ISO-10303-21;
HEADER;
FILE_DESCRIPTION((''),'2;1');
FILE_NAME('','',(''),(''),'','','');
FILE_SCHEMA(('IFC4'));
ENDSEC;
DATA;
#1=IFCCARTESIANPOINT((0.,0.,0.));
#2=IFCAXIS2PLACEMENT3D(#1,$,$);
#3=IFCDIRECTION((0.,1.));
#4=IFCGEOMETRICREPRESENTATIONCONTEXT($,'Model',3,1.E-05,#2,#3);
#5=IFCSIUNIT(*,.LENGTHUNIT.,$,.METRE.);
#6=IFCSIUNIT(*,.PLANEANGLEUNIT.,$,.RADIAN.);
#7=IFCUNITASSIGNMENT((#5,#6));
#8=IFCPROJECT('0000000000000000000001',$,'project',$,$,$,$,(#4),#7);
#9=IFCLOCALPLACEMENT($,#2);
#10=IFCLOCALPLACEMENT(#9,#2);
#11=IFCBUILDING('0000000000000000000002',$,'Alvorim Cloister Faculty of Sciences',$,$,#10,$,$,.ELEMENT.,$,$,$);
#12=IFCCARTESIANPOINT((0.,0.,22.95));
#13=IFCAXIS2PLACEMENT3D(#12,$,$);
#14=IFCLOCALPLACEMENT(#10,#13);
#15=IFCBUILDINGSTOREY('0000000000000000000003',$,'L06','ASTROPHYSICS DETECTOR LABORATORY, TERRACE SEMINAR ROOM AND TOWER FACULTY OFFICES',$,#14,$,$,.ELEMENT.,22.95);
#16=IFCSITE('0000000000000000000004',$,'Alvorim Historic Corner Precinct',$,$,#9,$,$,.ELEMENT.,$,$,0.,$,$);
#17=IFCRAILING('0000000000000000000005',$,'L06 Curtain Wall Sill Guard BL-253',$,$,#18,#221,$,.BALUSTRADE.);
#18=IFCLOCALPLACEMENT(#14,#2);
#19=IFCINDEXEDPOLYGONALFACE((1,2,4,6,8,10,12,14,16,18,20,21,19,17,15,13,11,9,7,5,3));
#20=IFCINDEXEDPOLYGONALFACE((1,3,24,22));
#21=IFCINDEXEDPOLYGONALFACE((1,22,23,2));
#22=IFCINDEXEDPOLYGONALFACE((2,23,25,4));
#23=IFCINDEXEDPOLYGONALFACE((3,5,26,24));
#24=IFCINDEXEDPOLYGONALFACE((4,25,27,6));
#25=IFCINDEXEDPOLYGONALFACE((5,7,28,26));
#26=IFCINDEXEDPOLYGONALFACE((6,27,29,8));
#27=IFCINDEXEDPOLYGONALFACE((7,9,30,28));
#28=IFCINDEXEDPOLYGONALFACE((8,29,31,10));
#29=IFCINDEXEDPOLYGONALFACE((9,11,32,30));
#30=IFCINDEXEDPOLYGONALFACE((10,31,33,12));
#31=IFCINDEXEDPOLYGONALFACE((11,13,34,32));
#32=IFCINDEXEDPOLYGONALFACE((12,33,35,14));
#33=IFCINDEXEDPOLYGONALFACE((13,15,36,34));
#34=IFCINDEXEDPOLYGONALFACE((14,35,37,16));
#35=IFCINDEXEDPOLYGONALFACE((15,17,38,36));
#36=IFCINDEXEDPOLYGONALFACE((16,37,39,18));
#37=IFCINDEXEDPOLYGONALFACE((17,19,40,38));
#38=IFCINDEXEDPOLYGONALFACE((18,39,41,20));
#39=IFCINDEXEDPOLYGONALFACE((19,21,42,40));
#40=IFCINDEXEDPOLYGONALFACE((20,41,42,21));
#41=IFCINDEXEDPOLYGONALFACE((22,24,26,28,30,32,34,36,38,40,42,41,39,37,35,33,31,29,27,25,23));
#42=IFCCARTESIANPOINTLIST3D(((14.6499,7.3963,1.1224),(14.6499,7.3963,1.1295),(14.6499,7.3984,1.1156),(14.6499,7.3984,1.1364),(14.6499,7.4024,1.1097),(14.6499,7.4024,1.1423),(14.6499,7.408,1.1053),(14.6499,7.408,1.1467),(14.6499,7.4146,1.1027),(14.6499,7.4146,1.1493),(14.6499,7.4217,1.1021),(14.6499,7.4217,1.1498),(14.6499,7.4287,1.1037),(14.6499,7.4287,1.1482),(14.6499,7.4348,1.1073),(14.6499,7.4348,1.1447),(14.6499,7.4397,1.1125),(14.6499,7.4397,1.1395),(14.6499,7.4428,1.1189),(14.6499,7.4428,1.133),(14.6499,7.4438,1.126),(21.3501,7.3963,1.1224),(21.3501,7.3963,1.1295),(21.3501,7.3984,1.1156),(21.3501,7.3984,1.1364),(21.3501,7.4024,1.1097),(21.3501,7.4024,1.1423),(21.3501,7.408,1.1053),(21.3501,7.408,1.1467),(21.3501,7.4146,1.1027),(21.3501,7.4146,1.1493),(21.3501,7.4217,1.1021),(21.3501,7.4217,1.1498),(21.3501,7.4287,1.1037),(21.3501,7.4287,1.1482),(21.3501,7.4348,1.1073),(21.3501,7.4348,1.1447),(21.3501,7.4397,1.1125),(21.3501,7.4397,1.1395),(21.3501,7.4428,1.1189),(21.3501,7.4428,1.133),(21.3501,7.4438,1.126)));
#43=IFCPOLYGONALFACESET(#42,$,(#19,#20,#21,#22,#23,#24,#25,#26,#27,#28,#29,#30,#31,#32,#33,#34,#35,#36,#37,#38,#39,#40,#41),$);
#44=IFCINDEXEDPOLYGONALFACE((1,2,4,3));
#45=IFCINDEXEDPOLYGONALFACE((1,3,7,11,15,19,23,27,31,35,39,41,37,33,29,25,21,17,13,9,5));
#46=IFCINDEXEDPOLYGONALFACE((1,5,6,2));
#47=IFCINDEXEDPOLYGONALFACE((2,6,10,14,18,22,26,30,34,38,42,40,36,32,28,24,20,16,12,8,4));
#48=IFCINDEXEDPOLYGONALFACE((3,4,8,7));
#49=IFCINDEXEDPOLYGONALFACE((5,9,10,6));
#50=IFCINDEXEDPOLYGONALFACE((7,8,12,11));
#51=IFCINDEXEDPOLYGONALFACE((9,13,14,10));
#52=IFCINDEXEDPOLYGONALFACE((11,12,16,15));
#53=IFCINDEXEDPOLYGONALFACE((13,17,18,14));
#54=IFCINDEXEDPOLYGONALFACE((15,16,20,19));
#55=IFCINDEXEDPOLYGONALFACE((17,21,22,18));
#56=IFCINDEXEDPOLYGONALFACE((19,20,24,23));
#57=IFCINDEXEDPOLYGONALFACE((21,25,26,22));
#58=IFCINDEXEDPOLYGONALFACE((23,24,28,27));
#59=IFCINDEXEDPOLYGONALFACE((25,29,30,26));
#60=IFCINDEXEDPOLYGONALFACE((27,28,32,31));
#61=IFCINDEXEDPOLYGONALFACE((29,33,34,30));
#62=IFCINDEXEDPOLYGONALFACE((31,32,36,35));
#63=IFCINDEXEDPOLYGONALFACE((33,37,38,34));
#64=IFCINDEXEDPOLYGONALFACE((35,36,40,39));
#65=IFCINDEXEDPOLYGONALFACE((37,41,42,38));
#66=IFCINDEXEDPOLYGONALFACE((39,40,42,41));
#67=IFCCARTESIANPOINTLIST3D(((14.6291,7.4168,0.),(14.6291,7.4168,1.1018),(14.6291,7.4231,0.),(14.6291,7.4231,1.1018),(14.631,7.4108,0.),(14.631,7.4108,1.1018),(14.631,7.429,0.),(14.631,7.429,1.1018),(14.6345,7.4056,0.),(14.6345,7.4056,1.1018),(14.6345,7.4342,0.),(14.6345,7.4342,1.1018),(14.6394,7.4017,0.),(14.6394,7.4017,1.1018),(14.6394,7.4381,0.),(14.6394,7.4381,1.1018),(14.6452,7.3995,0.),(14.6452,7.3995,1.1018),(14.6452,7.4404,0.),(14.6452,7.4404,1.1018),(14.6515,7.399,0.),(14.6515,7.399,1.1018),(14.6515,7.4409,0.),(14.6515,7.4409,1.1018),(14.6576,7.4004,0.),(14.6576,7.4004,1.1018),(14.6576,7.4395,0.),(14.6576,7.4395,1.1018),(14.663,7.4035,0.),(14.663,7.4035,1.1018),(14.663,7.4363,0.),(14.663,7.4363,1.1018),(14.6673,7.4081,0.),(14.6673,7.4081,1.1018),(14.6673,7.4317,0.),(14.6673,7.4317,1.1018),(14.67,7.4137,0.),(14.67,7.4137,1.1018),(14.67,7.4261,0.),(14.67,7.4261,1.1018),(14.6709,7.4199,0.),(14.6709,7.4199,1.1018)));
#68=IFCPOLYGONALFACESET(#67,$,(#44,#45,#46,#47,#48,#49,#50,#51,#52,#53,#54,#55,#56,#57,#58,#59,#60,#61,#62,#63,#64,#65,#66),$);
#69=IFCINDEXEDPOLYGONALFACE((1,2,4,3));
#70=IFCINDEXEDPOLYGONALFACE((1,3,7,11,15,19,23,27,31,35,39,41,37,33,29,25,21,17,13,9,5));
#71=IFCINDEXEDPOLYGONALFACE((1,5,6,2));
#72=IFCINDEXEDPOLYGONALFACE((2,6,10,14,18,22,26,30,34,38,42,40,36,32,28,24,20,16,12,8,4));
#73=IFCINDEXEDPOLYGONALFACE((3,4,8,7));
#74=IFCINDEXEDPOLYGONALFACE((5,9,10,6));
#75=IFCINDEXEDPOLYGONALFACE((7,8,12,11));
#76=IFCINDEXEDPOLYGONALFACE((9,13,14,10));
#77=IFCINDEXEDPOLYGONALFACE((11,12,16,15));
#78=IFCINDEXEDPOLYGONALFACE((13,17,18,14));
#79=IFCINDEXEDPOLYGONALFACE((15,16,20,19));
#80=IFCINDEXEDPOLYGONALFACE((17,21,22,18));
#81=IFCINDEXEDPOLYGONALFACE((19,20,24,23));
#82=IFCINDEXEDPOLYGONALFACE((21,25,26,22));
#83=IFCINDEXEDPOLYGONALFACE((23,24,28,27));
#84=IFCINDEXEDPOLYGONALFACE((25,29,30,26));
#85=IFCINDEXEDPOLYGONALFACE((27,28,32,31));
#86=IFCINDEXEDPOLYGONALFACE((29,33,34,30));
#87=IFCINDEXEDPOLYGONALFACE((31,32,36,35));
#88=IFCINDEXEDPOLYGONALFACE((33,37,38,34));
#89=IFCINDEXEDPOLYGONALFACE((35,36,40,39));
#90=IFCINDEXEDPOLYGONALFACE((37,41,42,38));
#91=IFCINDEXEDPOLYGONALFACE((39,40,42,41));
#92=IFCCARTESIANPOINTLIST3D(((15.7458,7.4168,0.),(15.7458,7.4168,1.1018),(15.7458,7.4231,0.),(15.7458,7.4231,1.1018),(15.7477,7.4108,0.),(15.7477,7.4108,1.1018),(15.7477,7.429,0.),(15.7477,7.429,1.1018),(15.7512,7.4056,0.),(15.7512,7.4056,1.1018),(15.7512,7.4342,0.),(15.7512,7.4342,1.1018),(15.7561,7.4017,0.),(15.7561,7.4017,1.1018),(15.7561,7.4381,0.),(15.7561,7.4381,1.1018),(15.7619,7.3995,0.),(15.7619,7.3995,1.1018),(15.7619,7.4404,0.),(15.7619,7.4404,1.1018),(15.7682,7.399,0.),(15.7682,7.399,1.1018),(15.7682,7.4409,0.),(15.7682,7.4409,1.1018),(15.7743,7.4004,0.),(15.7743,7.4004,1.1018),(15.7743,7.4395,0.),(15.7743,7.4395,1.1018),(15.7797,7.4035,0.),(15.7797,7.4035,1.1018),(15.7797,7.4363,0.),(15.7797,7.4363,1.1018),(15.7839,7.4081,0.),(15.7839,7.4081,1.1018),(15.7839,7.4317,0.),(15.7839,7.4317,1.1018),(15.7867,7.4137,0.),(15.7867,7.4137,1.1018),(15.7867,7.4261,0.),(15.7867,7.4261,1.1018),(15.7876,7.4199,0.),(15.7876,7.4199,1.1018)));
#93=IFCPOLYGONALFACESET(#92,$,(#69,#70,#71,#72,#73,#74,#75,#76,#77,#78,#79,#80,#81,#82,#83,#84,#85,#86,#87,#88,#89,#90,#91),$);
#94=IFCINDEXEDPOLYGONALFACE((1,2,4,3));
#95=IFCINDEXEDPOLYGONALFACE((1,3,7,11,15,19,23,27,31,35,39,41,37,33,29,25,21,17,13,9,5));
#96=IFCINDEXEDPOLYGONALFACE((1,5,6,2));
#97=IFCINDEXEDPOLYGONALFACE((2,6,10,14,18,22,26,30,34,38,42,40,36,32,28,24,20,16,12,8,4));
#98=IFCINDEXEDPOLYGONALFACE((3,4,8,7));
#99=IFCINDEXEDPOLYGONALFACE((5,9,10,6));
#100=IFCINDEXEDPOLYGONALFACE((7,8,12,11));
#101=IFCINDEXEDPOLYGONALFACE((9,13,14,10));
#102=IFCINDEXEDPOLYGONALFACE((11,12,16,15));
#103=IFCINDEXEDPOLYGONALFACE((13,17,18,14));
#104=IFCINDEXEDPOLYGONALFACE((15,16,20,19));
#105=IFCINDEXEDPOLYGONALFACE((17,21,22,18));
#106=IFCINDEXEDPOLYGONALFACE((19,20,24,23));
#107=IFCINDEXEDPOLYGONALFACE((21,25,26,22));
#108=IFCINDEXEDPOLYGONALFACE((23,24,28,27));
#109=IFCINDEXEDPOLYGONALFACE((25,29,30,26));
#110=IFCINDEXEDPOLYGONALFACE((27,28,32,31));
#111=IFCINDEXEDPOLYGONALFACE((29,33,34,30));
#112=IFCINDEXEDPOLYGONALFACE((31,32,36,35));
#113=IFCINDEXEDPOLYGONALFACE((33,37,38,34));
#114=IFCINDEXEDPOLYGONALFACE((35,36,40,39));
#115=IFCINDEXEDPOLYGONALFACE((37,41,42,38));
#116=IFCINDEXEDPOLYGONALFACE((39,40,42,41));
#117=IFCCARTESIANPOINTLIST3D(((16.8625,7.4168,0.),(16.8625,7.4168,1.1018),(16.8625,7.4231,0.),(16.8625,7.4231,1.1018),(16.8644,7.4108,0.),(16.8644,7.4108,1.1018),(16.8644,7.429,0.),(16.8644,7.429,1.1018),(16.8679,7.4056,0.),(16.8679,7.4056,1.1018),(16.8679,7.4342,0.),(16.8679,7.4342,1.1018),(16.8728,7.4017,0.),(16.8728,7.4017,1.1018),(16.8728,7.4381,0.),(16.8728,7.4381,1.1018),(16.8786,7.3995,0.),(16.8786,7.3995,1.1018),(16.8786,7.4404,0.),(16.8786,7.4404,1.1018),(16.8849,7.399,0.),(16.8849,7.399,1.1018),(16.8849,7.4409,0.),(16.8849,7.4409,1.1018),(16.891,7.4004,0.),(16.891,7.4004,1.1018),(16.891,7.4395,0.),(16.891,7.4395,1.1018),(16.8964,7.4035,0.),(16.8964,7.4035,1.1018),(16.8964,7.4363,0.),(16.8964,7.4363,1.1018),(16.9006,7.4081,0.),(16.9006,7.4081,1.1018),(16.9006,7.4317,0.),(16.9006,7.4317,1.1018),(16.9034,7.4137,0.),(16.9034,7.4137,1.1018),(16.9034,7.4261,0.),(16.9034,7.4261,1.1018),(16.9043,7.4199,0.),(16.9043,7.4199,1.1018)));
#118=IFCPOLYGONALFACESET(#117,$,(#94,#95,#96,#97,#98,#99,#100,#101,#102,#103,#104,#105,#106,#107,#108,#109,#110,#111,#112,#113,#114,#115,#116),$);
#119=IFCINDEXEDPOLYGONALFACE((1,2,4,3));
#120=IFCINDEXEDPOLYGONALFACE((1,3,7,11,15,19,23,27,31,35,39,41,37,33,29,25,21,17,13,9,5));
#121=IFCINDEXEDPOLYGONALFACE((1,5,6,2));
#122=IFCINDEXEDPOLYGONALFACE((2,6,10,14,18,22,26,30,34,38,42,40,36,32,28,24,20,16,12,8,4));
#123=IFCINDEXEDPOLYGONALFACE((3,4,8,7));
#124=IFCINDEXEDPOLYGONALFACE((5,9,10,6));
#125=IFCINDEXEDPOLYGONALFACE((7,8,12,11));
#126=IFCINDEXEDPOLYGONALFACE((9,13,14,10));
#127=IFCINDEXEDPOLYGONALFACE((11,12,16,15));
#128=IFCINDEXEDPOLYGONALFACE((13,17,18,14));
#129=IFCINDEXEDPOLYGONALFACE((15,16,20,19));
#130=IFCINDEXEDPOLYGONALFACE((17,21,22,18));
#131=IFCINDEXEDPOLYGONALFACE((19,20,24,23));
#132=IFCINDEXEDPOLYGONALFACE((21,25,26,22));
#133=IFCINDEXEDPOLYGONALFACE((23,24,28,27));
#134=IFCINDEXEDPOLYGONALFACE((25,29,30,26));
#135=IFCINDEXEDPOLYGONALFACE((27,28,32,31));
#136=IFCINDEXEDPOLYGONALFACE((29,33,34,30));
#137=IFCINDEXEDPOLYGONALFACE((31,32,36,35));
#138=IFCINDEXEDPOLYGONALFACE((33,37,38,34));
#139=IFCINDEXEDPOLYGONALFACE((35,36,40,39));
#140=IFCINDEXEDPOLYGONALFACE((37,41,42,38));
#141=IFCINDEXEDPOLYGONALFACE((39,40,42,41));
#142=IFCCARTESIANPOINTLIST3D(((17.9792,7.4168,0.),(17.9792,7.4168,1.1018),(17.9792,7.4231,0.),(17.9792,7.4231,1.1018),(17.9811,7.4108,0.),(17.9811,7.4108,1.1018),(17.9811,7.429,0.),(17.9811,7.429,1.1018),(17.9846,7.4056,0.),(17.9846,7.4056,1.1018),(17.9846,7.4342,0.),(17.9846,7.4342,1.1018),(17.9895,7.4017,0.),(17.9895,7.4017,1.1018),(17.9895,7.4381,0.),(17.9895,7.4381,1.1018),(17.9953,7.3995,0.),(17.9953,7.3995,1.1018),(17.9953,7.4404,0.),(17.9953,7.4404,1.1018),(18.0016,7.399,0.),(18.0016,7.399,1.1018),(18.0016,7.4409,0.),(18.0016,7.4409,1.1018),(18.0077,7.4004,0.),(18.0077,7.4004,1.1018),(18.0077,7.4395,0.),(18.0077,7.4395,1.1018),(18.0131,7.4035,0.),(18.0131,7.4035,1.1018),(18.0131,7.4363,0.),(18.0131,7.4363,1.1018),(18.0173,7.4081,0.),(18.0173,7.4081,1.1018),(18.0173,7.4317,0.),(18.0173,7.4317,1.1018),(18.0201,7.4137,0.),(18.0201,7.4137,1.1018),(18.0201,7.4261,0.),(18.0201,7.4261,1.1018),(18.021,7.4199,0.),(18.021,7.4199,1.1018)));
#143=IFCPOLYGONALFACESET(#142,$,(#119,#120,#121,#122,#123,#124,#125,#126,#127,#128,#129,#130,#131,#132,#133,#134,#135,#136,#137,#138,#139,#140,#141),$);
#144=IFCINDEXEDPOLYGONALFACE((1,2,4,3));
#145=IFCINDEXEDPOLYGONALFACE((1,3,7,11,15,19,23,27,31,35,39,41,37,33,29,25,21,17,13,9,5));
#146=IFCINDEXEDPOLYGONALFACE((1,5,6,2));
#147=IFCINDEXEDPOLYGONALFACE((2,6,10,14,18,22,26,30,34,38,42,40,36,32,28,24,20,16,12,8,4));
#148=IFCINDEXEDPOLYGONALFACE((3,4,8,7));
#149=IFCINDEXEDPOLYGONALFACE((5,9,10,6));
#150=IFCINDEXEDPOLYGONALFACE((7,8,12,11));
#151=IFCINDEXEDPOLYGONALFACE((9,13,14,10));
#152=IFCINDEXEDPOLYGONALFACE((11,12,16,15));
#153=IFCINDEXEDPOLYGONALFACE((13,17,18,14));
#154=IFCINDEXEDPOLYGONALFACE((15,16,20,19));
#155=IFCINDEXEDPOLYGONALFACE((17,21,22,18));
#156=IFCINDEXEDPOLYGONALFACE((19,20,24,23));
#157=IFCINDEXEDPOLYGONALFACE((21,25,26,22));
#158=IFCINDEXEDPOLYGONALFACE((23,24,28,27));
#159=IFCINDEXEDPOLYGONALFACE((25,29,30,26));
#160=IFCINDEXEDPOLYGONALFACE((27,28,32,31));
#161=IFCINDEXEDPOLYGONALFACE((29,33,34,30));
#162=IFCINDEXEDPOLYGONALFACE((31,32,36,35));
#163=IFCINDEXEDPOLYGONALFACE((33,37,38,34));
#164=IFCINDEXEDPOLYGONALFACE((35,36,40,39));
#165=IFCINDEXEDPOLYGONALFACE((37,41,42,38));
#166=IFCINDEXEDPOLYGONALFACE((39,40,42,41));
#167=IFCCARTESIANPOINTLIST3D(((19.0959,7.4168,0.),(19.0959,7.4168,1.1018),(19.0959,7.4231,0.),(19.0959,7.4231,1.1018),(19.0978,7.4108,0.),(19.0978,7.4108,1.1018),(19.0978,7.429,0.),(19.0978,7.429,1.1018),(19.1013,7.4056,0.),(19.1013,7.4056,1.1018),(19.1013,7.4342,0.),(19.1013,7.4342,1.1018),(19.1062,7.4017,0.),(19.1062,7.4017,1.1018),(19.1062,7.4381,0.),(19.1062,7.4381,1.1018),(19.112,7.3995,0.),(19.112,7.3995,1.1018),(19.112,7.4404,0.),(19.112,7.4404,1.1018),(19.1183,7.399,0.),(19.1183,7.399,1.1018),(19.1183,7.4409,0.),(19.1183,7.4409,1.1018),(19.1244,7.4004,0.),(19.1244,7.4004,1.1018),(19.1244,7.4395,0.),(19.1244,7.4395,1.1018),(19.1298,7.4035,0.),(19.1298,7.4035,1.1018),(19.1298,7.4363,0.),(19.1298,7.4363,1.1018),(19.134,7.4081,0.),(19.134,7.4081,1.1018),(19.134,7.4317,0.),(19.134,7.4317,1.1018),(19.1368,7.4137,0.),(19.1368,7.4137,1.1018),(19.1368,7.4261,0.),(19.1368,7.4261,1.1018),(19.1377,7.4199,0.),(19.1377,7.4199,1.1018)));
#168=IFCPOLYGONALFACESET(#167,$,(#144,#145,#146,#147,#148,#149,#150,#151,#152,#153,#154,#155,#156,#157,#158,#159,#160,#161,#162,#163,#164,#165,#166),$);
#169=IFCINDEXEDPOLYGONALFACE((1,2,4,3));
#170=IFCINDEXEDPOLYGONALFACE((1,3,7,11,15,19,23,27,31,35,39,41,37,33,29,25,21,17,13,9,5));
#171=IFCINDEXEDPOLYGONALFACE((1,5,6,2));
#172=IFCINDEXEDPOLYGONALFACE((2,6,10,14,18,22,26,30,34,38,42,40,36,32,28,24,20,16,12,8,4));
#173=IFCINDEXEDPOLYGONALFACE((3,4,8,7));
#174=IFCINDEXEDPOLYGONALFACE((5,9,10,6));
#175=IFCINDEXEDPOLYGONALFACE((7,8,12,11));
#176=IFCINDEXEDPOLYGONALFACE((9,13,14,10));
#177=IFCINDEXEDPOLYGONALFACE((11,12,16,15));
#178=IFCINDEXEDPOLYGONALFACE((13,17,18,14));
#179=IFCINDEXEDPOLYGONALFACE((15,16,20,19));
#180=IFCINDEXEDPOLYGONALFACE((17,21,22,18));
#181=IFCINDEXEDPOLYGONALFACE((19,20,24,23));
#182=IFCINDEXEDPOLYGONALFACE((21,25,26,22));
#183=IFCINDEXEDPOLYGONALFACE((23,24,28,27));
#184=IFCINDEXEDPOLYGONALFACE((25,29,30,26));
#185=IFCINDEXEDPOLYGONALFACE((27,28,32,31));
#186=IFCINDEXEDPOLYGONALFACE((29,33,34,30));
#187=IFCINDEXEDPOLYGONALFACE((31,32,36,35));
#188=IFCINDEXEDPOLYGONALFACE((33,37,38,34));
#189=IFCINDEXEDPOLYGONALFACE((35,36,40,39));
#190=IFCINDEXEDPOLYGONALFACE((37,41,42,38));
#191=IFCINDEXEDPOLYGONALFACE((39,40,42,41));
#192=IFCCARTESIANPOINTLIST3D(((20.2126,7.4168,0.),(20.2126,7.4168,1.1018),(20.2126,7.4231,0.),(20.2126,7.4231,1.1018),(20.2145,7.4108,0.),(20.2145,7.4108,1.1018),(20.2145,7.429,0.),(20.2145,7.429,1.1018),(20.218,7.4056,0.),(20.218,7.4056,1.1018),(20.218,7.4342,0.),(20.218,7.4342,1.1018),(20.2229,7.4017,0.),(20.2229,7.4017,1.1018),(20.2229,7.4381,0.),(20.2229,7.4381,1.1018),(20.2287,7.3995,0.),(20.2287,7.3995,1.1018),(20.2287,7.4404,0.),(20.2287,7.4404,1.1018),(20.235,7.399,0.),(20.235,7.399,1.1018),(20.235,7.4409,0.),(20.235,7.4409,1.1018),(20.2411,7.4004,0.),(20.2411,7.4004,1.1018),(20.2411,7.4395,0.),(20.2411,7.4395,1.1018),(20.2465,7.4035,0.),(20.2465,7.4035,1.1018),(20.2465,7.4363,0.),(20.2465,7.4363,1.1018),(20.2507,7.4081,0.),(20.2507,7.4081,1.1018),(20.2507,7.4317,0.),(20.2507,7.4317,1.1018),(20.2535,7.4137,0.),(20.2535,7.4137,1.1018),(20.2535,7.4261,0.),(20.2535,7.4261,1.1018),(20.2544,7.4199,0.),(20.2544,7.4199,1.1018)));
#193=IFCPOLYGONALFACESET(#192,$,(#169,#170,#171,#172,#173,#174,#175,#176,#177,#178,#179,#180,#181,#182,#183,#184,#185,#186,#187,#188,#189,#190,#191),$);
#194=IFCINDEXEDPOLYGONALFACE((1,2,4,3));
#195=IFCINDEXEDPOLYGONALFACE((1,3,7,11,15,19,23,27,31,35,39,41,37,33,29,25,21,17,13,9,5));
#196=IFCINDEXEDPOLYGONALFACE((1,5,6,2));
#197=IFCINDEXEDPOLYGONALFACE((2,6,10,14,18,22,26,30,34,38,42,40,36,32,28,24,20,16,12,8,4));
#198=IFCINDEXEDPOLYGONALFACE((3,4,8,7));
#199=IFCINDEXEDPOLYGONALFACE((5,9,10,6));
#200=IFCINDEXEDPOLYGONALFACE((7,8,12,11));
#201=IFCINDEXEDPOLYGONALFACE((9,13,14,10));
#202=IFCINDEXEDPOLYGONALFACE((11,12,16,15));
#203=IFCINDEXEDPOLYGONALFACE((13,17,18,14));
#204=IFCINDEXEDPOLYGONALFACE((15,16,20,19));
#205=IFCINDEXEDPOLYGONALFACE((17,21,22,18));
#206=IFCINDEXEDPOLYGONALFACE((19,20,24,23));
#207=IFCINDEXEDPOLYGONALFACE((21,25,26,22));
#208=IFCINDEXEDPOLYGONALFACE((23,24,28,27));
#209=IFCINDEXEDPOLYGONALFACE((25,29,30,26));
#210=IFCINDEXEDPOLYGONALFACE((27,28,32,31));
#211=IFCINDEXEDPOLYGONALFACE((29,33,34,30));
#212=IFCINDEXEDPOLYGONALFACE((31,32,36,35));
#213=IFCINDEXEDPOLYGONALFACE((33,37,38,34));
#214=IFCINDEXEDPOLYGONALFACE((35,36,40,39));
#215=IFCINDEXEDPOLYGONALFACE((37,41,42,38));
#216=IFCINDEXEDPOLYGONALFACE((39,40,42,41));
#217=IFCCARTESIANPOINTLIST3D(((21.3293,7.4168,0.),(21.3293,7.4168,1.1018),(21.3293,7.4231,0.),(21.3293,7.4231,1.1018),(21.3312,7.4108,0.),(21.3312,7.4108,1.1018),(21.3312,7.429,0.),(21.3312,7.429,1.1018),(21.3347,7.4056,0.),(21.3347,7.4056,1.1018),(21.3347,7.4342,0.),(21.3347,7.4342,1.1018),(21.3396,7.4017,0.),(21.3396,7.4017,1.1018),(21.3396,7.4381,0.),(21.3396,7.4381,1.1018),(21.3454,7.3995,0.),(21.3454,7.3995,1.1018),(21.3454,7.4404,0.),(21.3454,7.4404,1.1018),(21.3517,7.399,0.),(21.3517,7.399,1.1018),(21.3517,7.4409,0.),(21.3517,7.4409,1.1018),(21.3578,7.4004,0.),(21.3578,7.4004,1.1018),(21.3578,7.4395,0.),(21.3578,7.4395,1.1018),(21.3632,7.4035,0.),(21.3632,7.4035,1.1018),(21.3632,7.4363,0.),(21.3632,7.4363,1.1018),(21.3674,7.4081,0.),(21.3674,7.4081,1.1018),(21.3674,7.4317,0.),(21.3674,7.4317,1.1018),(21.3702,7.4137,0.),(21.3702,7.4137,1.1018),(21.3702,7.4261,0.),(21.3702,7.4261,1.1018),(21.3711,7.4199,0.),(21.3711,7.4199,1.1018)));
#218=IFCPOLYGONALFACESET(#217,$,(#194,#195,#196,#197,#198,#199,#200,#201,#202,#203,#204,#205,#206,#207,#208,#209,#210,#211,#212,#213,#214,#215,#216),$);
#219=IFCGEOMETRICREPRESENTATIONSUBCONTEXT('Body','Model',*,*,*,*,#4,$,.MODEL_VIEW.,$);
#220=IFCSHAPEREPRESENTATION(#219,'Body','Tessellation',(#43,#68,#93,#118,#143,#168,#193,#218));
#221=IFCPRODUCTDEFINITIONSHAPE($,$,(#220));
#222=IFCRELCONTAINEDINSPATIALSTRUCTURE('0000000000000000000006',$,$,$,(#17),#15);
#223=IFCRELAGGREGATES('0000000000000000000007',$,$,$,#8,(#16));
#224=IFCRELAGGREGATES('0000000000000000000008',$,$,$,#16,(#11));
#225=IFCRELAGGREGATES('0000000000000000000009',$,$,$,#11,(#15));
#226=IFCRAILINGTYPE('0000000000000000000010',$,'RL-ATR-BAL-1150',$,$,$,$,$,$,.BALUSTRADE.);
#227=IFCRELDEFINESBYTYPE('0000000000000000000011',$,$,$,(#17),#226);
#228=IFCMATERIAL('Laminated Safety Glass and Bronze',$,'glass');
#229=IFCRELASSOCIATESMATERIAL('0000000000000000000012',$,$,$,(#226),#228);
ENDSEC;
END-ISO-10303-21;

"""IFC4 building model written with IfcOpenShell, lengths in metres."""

from ifc_helpers import new_model, si_unit, direction, frame, origin, origin_2d, place, context, subcontext, project, spatial, circle, extrude, material, type_object, element, save


model = new_model("IFC4")

# Units and contexts
model_context = context("Model", 3, precision=1e-05, world=origin(), true_north=direction((0.0, 1.0)))
body_context = subcontext(model_context, "Body", "Model", "MODEL_VIEW")
ifc_project = project(units=[si_unit("LENGTHUNIT", "METRE"), si_unit("PLANEANGLEUNIT", "RADIAN")], contexts=[model_context])

# Site, building, storey
site_placement = place(None, origin())
site = spatial("IfcSite", under=ifc_project, at=site_placement, Name="Alvorim Historic Corner Precinct", CompositionType="ELEMENT", RefElevation=0.0)
building_placement = place(site_placement, origin())
building = spatial("IfcBuilding", under=site, at=building_placement, Name="Alvorim Cloister Faculty of Sciences", CompositionType="ELEMENT")
storey_placement = place(building_placement, frame((0.0, 0.0, 22.95)))
storey = spatial("IfcBuildingStorey", under=building, at=storey_placement, Name="L06", Description="ASTROPHYSICS DETECTOR LABORATORY, TERRACE SEMINAR ROOM AND TOWER FACULTY OFFICES", CompositionType="ELEMENT", Elevation=22.95)

# Railing
ifc_material_1 = material(Name="Laminated Safety Glass and Bronze", Category="glass")
railing_type = type_object("IfcRailingType", Name="RL-ATR-BAL-1150", PredefinedType="BALUSTRADE", material=ifc_material_1)
railing_1_placement = place(storey_placement, frame((14.6499, 7.4199, 0.0)))
element("IfcRailing", 1, at=railing_1_placement, inside=storey, type_object=railing_type, Name="L06 Curtain Wall Sill Guard BL-253", PredefinedType="BALUSTRADE", context=body_context, shape_type="SweptSolid", body=[
    extrude(circle(Radius=0.0239, at=origin_2d()), frame((0.0, 0.0, 1.126), z_axis=(1.0, 0.0, 0.0), x_axis=(0.0, 1.0, 0.0)), (0.0, 0.0, 1.0), 6.7002),
    extrude(circle(Radius=0.021, at=origin_2d()), origin(), (0.0, 0.0, 1.0), 1.1018),
    extrude(circle(Radius=0.021, at=origin_2d()), frame((1.1167, 0.0, 0.0)), (0.0, 0.0, 1.0), 1.1018),
    extrude(circle(Radius=0.021, at=origin_2d()), frame((2.2334, 0.0, 0.0)), (0.0, 0.0, 1.0), 1.1018),
    extrude(circle(Radius=0.021, at=origin_2d()), frame((3.3501, 0.0, 0.0)), (0.0, 0.0, 1.0), 1.1018),
    extrude(circle(Radius=0.021, at=origin_2d()), frame((4.4668, 0.0, 0.0)), (0.0, 0.0, 1.0), 1.1018),
    extrude(circle(Radius=0.021, at=origin_2d()), frame((5.5835, 0.0, 0.0)), (0.0, 0.0, 1.0), 1.1018),
    extrude(circle(Radius=0.021, at=origin_2d()), frame((6.7002, 0.0, 0.0)), (0.0, 0.0, 1.0), 1.1018),
])

save(model, "model.ifc")
